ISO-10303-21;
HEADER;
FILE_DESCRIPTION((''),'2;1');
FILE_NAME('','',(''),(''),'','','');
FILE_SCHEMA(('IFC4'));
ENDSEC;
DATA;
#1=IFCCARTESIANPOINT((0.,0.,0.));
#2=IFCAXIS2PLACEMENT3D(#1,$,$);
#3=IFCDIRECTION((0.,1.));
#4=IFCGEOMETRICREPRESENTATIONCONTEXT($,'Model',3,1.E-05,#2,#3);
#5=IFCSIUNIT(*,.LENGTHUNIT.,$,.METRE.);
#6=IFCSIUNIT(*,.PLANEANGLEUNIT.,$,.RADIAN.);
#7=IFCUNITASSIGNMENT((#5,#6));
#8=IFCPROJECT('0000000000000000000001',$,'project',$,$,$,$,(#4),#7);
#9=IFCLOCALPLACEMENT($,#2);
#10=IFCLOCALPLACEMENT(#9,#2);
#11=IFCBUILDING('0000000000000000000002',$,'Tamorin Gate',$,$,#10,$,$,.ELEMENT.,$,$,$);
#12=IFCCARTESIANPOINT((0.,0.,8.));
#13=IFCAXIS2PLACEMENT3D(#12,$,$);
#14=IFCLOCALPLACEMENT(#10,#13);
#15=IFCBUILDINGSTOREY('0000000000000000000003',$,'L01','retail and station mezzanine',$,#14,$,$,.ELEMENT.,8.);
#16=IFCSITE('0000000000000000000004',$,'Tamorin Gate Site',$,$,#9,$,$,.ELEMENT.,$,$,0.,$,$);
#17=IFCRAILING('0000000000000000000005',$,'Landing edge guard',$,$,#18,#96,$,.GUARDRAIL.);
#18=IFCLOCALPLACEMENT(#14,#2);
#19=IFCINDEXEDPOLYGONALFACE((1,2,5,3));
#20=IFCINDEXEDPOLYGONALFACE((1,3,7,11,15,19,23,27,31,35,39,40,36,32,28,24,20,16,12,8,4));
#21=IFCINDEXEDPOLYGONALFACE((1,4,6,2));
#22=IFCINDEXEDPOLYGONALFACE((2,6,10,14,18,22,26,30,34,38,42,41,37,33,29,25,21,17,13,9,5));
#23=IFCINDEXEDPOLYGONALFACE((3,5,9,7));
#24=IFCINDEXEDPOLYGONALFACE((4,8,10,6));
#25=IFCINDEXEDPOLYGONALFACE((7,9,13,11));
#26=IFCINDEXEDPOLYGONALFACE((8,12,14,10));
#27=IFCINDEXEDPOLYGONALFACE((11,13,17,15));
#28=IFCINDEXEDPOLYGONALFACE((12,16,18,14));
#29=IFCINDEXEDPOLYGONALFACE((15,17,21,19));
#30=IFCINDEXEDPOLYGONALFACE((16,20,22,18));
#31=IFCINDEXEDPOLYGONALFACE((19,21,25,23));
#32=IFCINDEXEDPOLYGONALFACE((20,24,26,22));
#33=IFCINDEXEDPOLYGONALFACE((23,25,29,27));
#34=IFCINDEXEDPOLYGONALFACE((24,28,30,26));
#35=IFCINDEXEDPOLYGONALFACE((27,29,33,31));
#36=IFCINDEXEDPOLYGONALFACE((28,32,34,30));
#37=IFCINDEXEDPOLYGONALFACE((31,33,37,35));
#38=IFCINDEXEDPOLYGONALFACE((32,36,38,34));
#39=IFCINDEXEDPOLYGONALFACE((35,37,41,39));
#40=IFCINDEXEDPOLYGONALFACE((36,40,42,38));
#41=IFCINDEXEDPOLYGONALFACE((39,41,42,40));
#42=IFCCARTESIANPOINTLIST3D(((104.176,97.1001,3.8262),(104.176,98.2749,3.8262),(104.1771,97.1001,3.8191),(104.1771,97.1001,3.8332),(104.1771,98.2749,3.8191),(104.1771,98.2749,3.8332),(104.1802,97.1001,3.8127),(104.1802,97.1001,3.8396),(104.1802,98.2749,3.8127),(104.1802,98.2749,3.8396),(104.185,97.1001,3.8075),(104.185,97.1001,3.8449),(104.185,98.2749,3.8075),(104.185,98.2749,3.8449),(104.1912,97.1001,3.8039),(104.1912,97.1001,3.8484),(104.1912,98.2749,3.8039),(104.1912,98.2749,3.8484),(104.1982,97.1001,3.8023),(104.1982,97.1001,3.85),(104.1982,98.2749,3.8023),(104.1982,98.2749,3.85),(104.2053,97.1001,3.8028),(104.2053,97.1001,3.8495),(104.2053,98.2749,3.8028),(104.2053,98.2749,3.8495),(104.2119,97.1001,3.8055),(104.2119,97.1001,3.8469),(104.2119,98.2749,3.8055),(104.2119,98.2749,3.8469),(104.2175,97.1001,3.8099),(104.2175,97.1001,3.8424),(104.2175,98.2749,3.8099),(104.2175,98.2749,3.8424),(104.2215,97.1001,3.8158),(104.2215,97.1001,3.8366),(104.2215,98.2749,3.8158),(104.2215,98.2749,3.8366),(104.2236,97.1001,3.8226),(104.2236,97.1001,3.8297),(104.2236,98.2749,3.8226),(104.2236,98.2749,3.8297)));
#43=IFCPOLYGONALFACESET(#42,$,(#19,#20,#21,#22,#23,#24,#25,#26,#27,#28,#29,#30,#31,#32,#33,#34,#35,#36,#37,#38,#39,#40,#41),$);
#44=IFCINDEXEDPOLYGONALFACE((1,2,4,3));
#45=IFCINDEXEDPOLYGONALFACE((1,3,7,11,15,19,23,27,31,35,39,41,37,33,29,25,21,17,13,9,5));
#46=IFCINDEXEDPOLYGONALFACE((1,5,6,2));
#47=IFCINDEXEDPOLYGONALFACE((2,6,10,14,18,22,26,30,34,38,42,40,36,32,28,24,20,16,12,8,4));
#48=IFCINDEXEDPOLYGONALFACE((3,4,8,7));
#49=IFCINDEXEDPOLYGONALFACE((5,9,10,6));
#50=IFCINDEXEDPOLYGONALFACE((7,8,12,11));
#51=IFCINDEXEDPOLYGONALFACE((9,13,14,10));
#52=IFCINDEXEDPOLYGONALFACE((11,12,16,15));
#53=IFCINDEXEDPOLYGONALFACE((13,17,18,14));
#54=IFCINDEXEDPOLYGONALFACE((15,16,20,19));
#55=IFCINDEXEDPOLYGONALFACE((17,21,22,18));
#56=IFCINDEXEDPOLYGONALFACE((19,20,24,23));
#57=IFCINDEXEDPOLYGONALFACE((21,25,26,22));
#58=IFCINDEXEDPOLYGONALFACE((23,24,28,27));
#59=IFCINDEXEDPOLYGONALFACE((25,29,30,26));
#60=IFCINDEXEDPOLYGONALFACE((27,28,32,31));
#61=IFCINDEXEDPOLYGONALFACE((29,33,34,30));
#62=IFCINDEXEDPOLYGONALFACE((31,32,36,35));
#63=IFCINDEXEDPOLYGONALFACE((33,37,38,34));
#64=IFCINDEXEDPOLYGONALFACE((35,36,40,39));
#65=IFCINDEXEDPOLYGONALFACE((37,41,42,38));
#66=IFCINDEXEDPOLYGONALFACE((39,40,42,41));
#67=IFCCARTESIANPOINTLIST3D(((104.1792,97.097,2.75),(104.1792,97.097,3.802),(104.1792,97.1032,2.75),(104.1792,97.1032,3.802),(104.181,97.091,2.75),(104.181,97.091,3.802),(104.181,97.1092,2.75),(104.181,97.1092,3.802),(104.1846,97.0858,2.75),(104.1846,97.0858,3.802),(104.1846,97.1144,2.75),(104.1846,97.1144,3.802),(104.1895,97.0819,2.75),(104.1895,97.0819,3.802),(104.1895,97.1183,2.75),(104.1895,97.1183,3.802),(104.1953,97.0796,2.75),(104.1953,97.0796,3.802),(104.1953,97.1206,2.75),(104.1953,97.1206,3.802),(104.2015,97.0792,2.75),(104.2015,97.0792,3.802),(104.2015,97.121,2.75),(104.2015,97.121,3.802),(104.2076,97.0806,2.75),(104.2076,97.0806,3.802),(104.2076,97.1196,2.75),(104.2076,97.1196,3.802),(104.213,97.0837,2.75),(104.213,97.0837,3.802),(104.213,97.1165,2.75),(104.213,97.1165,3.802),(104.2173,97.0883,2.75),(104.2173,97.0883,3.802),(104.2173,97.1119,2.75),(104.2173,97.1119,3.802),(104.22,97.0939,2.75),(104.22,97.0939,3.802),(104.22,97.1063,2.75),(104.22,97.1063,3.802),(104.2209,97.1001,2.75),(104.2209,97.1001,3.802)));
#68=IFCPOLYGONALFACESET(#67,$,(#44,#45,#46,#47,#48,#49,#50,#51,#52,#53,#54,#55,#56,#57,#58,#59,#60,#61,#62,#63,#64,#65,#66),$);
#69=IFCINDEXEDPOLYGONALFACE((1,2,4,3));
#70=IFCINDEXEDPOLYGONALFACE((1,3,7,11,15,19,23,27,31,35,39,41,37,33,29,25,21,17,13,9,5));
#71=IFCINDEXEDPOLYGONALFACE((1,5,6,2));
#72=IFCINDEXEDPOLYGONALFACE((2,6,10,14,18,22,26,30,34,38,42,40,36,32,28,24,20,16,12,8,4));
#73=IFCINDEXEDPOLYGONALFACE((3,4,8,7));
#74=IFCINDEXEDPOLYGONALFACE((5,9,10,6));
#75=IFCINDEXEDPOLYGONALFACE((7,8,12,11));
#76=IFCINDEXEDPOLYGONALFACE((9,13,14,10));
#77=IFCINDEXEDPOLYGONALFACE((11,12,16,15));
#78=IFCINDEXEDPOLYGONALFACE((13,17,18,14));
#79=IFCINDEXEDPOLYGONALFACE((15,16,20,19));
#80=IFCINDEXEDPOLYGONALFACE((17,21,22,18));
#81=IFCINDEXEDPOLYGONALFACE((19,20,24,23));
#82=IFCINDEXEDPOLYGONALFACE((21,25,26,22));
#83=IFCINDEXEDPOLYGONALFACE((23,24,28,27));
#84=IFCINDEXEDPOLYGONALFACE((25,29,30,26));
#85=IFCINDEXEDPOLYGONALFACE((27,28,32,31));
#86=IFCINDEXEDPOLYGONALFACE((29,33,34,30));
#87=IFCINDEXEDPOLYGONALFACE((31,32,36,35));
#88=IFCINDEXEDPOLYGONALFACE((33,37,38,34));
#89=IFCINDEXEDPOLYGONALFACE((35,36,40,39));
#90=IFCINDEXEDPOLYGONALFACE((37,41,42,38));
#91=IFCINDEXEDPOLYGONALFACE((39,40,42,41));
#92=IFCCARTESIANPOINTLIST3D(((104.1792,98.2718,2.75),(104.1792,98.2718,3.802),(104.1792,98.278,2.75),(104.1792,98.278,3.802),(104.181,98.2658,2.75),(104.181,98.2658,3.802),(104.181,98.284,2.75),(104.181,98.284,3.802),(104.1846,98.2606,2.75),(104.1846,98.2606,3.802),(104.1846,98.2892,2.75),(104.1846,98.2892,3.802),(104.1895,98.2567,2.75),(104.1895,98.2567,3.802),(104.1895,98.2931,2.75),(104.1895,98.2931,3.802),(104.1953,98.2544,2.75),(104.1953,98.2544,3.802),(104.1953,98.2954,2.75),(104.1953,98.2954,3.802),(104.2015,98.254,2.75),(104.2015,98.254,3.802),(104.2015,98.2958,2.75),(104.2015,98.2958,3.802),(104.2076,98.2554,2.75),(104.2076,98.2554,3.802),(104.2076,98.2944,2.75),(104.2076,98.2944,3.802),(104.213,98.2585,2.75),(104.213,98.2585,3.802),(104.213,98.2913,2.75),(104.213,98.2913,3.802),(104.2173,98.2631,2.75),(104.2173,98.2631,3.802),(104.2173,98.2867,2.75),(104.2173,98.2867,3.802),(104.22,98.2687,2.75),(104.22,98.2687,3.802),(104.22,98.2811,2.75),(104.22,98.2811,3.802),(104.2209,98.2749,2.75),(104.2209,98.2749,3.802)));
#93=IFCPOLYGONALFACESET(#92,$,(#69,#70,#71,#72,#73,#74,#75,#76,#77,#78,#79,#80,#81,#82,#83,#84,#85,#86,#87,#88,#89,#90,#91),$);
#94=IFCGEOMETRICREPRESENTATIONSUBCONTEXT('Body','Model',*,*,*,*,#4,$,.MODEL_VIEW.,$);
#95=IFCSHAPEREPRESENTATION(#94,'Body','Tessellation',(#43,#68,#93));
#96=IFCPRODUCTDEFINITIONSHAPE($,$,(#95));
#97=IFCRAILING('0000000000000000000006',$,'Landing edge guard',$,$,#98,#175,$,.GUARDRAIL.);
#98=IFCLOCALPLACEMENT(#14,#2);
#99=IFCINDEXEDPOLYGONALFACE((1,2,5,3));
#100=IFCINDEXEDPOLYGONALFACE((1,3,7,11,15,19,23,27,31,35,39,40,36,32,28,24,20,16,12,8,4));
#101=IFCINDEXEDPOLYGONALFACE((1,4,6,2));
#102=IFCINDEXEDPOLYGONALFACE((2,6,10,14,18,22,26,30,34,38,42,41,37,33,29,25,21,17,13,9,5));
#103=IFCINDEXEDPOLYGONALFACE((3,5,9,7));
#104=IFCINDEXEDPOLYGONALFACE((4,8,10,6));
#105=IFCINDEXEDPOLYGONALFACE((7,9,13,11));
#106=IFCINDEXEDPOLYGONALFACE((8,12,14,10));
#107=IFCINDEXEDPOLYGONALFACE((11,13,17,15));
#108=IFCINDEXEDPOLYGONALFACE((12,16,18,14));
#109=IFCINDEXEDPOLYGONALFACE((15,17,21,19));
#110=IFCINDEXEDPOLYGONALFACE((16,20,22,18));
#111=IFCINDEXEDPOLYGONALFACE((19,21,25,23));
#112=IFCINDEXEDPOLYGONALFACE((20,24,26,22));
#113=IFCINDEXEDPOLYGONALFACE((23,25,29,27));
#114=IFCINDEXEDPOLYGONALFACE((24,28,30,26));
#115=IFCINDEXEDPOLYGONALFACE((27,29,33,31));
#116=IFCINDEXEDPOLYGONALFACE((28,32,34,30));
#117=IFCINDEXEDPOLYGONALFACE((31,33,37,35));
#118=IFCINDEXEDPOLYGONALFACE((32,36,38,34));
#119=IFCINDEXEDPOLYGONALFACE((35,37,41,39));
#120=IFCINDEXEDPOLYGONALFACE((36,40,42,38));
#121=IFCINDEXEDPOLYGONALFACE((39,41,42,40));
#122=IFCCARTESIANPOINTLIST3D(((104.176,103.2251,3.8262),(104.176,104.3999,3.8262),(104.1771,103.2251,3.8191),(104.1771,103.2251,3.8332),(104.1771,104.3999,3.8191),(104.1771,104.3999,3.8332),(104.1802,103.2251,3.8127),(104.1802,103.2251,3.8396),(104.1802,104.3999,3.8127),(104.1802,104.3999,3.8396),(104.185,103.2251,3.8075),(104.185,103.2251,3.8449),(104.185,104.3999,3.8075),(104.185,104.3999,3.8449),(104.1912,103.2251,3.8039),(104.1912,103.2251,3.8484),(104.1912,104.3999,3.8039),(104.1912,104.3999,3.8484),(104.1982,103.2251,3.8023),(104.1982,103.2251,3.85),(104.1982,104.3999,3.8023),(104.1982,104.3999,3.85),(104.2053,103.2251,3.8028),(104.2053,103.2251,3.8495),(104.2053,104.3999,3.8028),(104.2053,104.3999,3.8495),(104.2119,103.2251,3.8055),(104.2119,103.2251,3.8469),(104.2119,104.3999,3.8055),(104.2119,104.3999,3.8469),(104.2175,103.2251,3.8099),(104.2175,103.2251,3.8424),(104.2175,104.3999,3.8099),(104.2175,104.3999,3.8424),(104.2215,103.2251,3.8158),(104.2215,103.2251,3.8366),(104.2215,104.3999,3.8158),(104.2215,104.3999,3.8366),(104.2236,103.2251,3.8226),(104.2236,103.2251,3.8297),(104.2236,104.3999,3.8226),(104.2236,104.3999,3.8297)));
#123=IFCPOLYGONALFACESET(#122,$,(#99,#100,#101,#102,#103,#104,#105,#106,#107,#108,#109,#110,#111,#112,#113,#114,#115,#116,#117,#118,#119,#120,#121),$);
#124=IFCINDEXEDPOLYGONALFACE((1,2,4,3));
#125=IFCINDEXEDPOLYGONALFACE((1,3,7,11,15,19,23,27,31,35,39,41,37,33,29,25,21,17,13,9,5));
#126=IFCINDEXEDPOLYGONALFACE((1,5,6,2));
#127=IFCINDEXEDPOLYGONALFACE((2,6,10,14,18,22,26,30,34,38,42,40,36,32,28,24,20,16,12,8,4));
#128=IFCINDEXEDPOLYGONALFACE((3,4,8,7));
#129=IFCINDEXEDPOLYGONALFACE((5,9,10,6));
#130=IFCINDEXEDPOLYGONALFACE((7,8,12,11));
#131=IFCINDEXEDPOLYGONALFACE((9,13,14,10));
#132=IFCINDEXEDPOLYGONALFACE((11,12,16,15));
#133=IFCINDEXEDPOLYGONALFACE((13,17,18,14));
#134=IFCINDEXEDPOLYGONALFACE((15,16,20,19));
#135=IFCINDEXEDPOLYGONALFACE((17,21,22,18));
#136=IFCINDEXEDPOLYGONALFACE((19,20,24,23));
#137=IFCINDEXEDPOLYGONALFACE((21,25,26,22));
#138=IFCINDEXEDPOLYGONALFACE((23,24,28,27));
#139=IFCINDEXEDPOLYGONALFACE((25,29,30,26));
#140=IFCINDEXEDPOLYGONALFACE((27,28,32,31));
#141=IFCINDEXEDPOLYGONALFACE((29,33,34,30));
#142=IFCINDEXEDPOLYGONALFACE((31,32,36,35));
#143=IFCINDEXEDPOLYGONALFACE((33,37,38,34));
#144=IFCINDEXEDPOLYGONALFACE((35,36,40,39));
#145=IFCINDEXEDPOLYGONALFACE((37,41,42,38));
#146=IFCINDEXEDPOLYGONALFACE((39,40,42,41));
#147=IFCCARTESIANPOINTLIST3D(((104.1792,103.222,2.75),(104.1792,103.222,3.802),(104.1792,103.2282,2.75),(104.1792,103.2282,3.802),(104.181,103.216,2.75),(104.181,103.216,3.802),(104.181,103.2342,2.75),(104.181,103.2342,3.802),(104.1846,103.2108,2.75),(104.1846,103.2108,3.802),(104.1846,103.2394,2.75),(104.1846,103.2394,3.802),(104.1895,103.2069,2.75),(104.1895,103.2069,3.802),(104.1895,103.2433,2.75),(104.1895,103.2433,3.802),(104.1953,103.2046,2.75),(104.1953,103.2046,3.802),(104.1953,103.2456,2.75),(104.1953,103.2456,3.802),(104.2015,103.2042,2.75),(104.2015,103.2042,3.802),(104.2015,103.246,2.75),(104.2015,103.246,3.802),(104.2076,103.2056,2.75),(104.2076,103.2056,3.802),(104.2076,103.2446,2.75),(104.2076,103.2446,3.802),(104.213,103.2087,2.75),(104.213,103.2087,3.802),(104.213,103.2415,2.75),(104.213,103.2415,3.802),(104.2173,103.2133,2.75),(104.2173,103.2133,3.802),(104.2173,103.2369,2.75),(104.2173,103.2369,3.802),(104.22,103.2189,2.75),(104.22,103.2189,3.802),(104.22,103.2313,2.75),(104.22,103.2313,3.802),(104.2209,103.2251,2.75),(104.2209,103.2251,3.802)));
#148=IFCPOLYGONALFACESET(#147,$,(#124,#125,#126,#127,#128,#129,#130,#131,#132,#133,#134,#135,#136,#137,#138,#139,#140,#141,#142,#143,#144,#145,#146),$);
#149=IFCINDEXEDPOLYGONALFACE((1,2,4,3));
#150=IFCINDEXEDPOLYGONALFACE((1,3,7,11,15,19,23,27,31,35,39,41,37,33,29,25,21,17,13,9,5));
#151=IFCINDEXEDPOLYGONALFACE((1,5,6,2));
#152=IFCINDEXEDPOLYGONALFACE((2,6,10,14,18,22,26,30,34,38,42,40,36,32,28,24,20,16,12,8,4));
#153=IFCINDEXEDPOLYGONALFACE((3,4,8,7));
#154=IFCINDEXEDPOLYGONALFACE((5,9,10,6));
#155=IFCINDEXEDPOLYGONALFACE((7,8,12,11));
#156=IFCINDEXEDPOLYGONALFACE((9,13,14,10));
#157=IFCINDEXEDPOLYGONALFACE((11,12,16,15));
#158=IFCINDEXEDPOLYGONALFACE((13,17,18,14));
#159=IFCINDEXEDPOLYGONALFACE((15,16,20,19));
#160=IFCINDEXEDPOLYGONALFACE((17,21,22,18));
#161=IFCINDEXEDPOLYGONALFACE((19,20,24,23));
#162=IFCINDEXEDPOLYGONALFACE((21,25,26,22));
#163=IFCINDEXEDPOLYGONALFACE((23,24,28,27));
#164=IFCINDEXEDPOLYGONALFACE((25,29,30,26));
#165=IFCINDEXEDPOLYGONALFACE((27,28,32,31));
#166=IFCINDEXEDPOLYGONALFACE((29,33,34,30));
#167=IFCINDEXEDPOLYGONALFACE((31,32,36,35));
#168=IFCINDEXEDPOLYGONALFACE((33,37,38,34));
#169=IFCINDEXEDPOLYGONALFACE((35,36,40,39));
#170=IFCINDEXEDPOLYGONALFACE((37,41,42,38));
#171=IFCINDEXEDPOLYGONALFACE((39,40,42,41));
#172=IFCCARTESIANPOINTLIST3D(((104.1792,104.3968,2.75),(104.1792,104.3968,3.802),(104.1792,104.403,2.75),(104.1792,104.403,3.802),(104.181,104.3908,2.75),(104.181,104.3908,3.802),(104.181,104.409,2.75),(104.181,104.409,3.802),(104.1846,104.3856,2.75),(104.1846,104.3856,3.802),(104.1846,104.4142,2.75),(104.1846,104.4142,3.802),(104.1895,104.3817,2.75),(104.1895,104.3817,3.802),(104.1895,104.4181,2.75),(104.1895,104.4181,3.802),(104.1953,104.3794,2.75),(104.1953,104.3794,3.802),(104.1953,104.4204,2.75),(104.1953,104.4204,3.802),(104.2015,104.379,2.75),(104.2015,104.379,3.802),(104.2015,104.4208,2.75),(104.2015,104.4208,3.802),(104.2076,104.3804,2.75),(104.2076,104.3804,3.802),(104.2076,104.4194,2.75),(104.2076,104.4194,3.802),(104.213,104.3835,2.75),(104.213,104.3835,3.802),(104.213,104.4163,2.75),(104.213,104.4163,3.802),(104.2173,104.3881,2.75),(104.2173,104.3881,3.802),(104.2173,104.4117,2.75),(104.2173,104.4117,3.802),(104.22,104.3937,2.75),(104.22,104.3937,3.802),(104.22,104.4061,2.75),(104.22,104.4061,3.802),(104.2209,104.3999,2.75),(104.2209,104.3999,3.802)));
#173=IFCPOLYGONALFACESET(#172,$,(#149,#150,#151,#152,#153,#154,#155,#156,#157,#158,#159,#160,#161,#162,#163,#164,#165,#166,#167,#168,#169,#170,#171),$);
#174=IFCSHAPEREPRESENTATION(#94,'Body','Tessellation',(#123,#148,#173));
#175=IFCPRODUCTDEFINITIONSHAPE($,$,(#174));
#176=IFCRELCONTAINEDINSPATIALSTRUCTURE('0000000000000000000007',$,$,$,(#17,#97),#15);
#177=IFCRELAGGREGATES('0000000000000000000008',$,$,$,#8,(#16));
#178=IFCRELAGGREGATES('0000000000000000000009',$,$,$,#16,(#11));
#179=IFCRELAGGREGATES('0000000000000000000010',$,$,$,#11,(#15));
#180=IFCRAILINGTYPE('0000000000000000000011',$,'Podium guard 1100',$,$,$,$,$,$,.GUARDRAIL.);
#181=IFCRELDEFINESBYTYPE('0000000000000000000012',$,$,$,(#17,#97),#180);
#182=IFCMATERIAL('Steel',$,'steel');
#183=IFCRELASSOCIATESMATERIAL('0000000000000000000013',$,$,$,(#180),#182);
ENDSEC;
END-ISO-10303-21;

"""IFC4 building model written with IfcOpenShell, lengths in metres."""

from ifc_helpers import new_model, si_unit, direction, frame, origin, origin_2d, place, context, subcontext, project, spatial, circle, extrude, material, type_object, element, save


model = new_model("IFC4")

# Units and contexts
model_context = context("Model", 3, precision=1e-05, world=origin(), true_north=direction((0.0, 1.0)))
body_context = subcontext(model_context, "Body", "Model", "MODEL_VIEW")
ifc_project = project(units=[si_unit("LENGTHUNIT", "METRE"), si_unit("PLANEANGLEUNIT", "RADIAN")], contexts=[model_context])

# Site, building, storey
site_placement = place(None, origin())
site = spatial("IfcSite", under=ifc_project, at=site_placement, Name="Tamorin Gate Site", CompositionType="ELEMENT", RefElevation=0.0)
building_placement = place(site_placement, origin())
building = spatial("IfcBuilding", under=site, at=building_placement, Name="Tamorin Gate", CompositionType="ELEMENT")
storey_placement = place(building_placement, frame((0.0, 0.0, 8.0)))
storey = spatial("IfcBuildingStorey", under=building, at=storey_placement, Name="L01", Description="retail and station mezzanine", CompositionType="ELEMENT", Elevation=8.0)

# Railings
ifc_material_1 = material(Name="Steel", Category="steel")
railing_type_1 = type_object("IfcRailingType", Name="Podium guard 1100", PredefinedType="GUARDRAIL", material=ifc_material_1)
for number, where, name in (
    (1, (104.2, 97.1001, 2.75), "Landing edge guard"),
    (2, (104.2, 103.2251, 2.75), "Landing edge guard"),
):
    element("IfcRailing", number, at=place(storey_placement, frame(where)), inside=storey, type_object=railing_type_1, Name=name, PredefinedType="GUARDRAIL", context=body_context, shape_type="SweptSolid", body=[
        extrude(circle(Radius=0.0239, at=origin_2d()), frame((0.0, 0.0, 1.0762), z_axis=(0.0, 1.0, 0.0), x_axis=(-1.0, 0.0, 0.0)), (0.0, 0.0, 1.0), 1.1748),
        extrude(circle(Radius=0.021, at=origin_2d()), origin(), (0.0, 0.0, 1.0), 1.052),
        extrude(circle(Radius=0.021, at=origin_2d()), frame((0.0, 1.1748, 0.0)), (0.0, 0.0, 1.0), 1.052),
    ])

save(model, "model.ifc")
